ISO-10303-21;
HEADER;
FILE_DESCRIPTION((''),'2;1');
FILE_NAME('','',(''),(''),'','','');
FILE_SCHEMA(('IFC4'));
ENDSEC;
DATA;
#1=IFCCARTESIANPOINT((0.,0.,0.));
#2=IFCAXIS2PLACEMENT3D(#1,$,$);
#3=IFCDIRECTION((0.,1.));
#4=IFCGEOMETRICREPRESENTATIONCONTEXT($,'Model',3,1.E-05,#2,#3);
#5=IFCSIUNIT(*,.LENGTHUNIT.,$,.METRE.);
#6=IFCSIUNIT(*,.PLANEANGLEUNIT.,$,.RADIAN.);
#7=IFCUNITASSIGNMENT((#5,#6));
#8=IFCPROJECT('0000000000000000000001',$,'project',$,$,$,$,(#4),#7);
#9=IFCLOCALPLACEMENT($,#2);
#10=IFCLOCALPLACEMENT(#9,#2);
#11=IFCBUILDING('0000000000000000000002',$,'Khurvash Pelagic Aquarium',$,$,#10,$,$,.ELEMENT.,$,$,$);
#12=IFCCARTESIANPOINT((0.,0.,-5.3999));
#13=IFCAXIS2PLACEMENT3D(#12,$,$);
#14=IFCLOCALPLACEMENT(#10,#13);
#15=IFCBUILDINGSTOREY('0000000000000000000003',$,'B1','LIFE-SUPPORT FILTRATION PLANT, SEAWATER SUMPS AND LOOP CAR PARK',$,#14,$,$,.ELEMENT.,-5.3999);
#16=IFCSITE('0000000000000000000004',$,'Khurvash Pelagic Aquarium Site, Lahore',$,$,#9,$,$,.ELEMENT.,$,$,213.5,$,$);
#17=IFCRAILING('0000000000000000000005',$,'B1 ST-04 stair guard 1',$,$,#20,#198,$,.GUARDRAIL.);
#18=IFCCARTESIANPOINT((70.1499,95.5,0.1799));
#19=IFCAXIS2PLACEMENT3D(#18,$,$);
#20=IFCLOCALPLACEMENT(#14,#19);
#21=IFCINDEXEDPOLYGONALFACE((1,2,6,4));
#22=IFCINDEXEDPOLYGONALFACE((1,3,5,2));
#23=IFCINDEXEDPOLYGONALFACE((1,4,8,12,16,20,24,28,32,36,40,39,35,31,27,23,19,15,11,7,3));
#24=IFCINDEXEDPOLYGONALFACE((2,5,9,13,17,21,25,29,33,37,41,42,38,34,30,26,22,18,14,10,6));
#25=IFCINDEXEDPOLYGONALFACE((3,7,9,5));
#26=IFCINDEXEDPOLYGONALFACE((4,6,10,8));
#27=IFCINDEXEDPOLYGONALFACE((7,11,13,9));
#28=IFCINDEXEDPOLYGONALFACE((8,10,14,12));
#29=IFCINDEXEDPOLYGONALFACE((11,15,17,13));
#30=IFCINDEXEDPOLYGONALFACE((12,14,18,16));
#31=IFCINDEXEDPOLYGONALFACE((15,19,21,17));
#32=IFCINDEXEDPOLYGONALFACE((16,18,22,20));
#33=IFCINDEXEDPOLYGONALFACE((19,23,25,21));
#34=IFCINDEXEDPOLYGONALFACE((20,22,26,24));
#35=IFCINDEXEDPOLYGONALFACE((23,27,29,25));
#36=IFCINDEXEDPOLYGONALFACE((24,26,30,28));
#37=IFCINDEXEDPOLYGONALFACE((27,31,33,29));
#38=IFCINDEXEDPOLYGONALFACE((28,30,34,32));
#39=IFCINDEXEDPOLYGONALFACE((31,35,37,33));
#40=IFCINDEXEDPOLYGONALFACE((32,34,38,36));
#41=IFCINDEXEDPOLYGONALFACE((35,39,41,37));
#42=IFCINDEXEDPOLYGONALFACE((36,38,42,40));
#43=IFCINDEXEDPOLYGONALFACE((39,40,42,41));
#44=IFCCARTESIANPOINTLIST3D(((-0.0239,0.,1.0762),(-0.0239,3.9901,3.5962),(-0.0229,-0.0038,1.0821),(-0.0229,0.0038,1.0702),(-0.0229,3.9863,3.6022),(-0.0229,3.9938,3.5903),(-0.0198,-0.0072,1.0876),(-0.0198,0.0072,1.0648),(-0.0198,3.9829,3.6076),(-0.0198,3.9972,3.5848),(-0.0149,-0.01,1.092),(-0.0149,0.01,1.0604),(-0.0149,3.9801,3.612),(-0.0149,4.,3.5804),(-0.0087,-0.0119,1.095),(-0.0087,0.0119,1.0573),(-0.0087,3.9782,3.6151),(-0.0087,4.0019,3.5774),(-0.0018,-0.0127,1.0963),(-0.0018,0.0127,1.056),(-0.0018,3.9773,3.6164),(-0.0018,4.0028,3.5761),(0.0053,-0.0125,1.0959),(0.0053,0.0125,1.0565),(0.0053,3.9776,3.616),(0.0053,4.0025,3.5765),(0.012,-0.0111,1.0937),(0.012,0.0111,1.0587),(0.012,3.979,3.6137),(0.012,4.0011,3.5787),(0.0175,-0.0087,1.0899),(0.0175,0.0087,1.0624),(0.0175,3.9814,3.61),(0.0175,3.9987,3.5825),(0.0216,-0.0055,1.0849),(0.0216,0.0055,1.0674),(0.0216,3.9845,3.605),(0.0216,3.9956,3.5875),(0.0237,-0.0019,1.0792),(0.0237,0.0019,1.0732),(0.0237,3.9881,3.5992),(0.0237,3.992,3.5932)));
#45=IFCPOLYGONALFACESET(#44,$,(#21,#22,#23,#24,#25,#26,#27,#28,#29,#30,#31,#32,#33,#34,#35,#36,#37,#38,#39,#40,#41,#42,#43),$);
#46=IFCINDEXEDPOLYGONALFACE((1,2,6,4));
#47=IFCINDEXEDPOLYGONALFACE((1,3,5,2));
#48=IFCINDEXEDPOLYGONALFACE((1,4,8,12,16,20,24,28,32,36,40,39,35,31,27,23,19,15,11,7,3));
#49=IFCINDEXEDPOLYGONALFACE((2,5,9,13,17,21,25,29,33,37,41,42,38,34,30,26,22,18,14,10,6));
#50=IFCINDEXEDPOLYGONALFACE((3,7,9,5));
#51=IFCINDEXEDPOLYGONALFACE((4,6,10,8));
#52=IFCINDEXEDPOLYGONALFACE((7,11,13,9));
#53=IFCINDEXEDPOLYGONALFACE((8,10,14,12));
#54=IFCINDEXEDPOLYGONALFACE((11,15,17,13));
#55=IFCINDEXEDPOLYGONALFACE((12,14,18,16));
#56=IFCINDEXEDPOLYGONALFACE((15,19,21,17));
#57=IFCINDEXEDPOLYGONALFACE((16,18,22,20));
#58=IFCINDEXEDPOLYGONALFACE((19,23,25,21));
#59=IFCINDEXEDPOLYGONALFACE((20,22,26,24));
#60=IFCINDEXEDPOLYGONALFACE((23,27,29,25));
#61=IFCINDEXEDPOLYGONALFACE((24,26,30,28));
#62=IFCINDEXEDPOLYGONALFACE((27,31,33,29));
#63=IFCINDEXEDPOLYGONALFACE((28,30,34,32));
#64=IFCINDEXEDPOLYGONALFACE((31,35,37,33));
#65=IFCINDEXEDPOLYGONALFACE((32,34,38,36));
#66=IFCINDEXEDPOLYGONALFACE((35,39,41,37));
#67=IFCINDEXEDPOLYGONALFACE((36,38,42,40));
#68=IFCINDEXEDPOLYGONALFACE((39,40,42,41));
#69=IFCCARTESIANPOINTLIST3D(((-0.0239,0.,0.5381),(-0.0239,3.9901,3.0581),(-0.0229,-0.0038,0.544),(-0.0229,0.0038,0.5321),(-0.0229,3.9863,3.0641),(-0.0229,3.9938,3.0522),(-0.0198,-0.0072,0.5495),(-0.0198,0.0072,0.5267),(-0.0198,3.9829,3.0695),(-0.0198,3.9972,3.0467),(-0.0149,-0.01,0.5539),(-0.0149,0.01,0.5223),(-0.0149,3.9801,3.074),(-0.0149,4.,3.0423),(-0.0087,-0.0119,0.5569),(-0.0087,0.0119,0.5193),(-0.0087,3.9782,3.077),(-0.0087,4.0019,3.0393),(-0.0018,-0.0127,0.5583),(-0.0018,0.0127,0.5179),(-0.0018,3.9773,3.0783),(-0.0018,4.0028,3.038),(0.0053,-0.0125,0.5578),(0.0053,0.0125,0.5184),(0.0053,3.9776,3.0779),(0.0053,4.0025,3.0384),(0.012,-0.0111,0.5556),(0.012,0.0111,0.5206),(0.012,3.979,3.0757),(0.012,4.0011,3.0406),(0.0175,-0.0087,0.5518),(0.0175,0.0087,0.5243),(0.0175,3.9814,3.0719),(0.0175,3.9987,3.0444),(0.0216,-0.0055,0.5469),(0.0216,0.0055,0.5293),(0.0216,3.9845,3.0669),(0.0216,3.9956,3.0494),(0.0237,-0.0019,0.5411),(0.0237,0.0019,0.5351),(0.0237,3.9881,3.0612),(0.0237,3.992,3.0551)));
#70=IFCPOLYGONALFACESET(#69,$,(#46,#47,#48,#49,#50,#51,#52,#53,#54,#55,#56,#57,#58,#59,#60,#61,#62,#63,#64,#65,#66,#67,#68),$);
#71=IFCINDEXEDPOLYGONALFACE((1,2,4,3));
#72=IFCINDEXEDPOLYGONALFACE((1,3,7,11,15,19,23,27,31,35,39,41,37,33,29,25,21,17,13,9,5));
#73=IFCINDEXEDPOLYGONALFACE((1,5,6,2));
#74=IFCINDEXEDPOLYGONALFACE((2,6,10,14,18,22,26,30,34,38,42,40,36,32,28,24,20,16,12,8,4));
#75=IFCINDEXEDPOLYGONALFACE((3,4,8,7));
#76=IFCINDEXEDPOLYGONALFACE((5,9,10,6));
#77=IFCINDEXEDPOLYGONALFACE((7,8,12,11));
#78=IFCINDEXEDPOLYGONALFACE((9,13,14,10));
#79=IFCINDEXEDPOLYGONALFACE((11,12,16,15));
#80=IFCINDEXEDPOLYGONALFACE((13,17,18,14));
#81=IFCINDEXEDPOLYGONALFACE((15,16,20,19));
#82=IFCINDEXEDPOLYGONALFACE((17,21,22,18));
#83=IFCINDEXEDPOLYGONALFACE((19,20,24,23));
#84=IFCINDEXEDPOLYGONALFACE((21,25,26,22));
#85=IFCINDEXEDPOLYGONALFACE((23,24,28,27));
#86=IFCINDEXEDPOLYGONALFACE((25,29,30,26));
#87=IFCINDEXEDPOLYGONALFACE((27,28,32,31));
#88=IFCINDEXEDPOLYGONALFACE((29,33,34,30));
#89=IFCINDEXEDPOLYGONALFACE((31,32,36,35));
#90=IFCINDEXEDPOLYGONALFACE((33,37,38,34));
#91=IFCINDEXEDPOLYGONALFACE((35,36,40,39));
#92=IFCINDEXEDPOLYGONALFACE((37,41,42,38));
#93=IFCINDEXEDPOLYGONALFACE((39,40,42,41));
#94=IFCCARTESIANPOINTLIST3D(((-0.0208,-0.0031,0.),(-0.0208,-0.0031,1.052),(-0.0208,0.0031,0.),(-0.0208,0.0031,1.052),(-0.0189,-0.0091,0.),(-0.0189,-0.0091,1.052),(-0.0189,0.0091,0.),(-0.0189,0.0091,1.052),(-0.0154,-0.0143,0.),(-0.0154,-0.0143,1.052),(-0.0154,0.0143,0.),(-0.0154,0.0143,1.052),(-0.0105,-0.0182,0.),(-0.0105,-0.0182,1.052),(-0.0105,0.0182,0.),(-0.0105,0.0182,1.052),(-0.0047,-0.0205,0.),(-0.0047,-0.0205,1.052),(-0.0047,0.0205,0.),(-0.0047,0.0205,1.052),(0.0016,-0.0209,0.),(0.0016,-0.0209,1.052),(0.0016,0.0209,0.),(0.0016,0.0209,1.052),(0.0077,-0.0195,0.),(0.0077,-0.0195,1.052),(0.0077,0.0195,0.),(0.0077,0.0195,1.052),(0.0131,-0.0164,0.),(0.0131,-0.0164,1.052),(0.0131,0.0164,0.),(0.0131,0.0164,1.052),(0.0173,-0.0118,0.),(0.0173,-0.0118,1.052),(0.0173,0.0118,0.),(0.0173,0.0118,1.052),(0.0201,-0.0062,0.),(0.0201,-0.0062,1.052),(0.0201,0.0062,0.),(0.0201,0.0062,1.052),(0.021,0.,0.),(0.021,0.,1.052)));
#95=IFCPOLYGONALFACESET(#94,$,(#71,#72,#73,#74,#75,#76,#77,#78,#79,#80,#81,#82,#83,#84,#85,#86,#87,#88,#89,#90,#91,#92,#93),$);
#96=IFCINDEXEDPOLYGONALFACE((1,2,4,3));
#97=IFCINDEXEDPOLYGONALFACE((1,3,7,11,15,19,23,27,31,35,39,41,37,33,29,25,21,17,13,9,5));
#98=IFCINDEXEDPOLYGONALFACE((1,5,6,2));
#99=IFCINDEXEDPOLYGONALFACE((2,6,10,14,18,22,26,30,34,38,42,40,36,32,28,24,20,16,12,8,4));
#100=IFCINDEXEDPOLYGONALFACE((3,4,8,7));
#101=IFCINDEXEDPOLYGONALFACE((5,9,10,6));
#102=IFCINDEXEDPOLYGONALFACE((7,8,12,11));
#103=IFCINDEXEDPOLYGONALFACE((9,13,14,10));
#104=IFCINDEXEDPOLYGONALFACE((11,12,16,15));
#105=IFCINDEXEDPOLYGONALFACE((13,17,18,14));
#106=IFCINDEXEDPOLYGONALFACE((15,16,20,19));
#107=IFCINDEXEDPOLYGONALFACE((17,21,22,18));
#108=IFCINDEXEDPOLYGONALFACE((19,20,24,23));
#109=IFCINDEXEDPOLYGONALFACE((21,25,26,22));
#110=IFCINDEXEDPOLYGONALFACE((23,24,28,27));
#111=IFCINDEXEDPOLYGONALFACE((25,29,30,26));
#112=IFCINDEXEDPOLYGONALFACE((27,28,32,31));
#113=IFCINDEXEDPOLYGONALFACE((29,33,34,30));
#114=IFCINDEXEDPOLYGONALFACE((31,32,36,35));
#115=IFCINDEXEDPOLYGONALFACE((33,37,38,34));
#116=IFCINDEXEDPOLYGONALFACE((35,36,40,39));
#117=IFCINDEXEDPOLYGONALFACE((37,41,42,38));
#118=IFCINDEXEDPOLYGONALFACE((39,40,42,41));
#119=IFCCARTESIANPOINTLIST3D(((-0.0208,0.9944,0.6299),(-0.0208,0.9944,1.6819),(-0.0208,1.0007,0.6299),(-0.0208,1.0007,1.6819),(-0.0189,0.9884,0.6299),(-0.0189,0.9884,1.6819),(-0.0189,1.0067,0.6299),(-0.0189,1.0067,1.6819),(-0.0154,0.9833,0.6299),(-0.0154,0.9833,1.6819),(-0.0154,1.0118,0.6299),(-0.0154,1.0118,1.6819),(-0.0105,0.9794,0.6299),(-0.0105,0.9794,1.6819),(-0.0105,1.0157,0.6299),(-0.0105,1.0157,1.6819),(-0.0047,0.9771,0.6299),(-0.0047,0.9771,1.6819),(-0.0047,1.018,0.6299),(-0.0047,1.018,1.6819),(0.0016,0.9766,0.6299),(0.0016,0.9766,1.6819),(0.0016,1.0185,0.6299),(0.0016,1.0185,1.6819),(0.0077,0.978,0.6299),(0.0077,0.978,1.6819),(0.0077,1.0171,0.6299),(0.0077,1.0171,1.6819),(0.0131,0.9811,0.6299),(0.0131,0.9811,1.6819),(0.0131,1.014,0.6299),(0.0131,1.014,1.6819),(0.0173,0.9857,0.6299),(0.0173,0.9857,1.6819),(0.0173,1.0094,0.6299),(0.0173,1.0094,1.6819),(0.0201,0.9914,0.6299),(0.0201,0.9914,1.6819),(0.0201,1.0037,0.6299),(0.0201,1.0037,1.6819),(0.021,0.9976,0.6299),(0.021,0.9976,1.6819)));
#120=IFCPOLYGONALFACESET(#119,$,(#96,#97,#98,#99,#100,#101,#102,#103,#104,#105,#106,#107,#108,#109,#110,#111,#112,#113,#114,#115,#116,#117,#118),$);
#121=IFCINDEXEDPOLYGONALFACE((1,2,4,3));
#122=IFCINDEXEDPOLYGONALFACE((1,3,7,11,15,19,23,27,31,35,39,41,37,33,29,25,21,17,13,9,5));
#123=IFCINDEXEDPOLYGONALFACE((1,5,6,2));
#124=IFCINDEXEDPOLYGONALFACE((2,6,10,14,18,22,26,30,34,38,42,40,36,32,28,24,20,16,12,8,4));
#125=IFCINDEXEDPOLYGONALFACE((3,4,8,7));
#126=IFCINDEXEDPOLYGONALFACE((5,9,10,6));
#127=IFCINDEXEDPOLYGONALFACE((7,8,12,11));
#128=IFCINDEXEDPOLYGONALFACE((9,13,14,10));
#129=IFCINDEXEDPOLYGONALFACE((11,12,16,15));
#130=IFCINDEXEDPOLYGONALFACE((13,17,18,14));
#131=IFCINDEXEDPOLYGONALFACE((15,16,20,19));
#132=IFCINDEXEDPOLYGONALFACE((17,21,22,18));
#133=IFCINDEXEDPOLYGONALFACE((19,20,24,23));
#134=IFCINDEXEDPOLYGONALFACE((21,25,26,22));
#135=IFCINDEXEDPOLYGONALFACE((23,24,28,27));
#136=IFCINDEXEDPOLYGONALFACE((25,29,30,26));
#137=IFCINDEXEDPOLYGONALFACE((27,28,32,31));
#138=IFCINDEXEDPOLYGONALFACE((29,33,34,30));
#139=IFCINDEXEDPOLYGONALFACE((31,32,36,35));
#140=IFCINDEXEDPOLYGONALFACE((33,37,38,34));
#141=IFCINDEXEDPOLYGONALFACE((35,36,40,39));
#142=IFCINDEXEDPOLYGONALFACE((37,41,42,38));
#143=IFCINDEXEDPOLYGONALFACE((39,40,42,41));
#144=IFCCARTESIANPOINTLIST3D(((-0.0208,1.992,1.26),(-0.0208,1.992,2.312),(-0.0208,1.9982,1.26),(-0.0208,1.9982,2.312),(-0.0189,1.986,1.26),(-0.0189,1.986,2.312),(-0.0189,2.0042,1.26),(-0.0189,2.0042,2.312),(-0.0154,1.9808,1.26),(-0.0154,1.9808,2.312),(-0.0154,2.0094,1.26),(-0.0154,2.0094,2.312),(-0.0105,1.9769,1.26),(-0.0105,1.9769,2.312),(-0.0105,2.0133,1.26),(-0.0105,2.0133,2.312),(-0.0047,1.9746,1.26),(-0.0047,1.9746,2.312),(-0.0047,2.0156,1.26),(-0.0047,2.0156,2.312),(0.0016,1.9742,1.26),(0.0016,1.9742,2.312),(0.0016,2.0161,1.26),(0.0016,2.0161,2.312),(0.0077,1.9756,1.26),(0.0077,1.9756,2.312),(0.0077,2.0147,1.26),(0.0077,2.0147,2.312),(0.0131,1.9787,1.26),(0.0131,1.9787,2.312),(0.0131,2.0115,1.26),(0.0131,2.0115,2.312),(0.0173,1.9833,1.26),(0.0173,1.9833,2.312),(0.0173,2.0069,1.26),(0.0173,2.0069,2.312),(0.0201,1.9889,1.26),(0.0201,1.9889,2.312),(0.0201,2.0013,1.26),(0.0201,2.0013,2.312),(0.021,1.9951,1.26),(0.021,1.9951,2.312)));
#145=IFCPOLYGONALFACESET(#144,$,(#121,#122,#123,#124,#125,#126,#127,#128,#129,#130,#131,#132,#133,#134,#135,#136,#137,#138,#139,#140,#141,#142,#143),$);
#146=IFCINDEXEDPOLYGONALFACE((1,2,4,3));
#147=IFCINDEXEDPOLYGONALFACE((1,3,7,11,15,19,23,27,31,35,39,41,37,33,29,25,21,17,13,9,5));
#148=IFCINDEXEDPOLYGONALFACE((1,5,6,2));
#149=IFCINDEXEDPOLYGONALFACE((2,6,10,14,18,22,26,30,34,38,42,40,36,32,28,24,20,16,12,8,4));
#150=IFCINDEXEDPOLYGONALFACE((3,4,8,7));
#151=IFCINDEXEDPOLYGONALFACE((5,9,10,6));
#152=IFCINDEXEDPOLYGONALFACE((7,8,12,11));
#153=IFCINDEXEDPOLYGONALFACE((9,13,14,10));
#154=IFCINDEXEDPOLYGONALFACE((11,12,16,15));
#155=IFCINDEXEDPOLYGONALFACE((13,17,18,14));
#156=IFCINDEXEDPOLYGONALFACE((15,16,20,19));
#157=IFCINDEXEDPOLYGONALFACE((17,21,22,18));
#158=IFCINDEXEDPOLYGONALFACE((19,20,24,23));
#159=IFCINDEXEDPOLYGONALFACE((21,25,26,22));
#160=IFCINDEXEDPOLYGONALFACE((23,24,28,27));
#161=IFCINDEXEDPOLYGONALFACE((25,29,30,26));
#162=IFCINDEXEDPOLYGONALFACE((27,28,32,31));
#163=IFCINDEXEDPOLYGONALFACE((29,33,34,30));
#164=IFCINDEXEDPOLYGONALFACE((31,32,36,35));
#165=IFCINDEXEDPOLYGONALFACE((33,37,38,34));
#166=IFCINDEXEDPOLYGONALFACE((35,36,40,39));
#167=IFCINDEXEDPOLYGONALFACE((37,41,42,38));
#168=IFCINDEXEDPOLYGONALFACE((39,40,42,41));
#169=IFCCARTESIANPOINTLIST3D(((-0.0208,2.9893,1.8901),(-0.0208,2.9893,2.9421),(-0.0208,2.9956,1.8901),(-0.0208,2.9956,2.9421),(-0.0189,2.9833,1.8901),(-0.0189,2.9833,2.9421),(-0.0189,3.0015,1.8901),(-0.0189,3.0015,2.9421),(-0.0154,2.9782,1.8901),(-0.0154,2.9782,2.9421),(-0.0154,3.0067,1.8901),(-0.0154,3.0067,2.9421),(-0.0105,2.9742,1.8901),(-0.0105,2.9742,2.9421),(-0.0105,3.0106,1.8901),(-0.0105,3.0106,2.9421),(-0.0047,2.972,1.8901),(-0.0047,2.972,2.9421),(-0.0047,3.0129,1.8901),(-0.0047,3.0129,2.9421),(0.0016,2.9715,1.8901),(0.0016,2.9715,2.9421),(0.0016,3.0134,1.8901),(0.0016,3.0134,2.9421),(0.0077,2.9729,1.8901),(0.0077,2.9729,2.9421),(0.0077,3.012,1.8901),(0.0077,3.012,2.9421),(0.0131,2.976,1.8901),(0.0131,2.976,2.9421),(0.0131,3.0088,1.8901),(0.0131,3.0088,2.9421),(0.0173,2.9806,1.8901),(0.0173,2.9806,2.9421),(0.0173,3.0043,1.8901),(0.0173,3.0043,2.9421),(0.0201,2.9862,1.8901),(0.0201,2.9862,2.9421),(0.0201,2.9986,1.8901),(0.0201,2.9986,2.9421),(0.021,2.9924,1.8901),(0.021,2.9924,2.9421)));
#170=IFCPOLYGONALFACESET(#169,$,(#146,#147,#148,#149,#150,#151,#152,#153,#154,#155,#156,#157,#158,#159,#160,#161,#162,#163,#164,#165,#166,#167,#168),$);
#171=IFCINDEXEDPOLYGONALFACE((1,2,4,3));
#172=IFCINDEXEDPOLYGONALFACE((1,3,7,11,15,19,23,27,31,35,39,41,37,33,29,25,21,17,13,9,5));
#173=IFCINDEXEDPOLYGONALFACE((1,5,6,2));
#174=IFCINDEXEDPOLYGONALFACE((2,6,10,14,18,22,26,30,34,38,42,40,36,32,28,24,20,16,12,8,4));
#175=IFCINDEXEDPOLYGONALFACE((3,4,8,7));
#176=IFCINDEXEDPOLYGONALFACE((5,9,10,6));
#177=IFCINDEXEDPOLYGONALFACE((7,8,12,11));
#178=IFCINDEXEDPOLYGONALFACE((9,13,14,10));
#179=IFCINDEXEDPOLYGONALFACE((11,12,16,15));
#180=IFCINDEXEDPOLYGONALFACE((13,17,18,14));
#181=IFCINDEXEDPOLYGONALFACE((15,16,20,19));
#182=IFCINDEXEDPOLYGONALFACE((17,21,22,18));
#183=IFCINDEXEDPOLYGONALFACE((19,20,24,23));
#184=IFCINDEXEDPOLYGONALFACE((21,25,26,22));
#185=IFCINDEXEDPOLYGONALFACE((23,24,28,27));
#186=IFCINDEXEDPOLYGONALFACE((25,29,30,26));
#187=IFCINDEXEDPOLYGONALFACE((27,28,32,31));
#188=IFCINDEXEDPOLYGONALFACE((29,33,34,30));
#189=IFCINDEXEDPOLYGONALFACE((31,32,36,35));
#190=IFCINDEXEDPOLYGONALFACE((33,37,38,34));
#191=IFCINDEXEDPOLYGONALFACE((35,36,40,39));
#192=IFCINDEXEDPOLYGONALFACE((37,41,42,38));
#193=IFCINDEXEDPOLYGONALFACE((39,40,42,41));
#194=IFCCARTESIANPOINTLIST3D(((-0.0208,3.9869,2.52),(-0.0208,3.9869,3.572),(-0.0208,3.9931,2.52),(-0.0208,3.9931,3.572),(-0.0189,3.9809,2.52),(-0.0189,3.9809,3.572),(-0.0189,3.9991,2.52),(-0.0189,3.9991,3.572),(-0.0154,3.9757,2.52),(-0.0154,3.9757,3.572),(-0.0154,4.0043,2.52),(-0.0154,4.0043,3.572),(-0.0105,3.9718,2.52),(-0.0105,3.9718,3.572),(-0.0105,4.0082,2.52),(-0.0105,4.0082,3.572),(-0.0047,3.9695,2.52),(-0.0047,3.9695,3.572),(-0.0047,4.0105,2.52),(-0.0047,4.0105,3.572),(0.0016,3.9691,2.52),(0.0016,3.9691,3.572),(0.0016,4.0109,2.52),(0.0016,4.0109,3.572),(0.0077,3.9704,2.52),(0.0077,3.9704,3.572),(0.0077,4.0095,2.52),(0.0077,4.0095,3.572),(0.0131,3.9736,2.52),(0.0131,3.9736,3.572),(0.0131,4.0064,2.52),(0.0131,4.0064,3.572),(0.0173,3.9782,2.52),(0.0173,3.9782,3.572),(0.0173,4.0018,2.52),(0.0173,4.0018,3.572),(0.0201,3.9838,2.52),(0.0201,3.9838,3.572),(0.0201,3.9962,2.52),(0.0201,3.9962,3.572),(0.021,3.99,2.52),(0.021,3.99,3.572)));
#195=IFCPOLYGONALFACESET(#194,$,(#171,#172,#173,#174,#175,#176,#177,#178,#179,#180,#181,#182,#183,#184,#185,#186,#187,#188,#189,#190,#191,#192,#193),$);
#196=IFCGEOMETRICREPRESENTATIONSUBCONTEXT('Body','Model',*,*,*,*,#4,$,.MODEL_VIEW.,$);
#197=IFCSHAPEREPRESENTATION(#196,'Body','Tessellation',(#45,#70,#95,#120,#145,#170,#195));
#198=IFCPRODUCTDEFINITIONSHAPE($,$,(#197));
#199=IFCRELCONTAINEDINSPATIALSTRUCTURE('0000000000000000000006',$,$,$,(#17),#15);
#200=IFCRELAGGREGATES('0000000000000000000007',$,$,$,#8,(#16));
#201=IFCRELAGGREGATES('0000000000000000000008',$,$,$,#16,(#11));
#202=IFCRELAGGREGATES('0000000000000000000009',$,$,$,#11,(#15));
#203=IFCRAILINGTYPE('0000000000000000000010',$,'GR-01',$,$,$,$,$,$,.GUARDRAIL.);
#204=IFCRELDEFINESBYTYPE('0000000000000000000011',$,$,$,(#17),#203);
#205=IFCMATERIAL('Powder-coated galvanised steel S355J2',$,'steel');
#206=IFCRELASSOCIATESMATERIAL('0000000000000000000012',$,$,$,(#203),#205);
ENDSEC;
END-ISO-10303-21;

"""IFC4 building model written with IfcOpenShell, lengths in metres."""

from ifc_helpers import new_model, si_unit, direction, frame, origin, origin_2d, place, context, subcontext, project, spatial, circle, extrude, material, type_object, element, save


model = new_model("IFC4")

# Units and contexts
model_context = context("Model", 3, precision=1e-05, world=origin(), true_north=direction((0.0, 1.0)))
body_context = subcontext(model_context, "Body", "Model", "MODEL_VIEW")
ifc_project = project(units=[si_unit("LENGTHUNIT", "METRE"), si_unit("PLANEANGLEUNIT", "RADIAN")], contexts=[model_context])

# Site, building, storey
site_placement = place(None, origin())
site = spatial("IfcSite", under=ifc_project, at=site_placement, Name="Khurvash Pelagic Aquarium Site, Lahore", CompositionType="ELEMENT", RefElevation=213.5)
building_placement = place(site_placement, origin())
building = spatial("IfcBuilding", under=site, at=building_placement, Name="Khurvash Pelagic Aquarium", CompositionType="ELEMENT")
storey_placement = place(building_placement, frame((0.0, 0.0, -5.3999)))
storey = spatial("IfcBuildingStorey", under=building, at=storey_placement, Name="B1", Description="LIFE-SUPPORT FILTRATION PLANT, SEAWATER SUMPS AND LOOP CAR PARK", CompositionType="ELEMENT", Elevation=-5.3999)

# Railing
ifc_material_1 = material(Name="Powder-coated galvanised steel S355J2", Category="steel")
railing_type_1 = type_object("IfcRailingType", Name="GR-01", PredefinedType="GUARDRAIL", material=ifc_material_1)
railing_1_placement = place(storey_placement, frame((70.1499, 95.5, 0.1799)))
element("IfcRailing", 1, at=railing_1_placement, inside=storey, type_object=railing_type_1, Name="B1 ST-04 stair guard 1", PredefinedType="GUARDRAIL", context=body_context, shape_type="SweptSolid", body=[
    extrude(circle(Radius=0.0239, at=origin_2d()), frame((0.0, 0.0, 1.0762), z_axis=(0.0, 0.845486, 0.533997), x_axis=(-1.0, 0.0, 0.0)), (0.0, 0.0, 1.0), 4.7192),
    extrude(circle(Radius=0.0239, at=origin_2d()), frame((0.0, 0.0, 0.5381), z_axis=(0.0, 0.845486, 0.533997), x_axis=(-1.0, 0.0, 0.0)), (0.0, 0.0, 1.0), 4.7192),
    extrude(circle(Radius=0.021, at=origin_2d()), origin(), (0.0, 0.0, 1.0), 1.052),
    extrude(circle(Radius=0.021, at=origin_2d()), frame((0.0, 0.9976, 0.6299)), (0.0, 0.0, 1.0), 1.052),
    extrude(circle(Radius=0.021, at=origin_2d()), frame((0.0, 1.9951, 1.26)), (0.0, 0.0, 1.0), 1.052),
    extrude(circle(Radius=0.021, at=origin_2d()), frame((0.0, 2.9924, 1.8901)), (0.0, 0.0, 1.0), 1.052),
    extrude(circle(Radius=0.021, at=origin_2d()), frame((0.0, 3.99, 2.52)), (0.0, 0.0, 1.0), 1.052),
])

save(model, "model.ifc")
